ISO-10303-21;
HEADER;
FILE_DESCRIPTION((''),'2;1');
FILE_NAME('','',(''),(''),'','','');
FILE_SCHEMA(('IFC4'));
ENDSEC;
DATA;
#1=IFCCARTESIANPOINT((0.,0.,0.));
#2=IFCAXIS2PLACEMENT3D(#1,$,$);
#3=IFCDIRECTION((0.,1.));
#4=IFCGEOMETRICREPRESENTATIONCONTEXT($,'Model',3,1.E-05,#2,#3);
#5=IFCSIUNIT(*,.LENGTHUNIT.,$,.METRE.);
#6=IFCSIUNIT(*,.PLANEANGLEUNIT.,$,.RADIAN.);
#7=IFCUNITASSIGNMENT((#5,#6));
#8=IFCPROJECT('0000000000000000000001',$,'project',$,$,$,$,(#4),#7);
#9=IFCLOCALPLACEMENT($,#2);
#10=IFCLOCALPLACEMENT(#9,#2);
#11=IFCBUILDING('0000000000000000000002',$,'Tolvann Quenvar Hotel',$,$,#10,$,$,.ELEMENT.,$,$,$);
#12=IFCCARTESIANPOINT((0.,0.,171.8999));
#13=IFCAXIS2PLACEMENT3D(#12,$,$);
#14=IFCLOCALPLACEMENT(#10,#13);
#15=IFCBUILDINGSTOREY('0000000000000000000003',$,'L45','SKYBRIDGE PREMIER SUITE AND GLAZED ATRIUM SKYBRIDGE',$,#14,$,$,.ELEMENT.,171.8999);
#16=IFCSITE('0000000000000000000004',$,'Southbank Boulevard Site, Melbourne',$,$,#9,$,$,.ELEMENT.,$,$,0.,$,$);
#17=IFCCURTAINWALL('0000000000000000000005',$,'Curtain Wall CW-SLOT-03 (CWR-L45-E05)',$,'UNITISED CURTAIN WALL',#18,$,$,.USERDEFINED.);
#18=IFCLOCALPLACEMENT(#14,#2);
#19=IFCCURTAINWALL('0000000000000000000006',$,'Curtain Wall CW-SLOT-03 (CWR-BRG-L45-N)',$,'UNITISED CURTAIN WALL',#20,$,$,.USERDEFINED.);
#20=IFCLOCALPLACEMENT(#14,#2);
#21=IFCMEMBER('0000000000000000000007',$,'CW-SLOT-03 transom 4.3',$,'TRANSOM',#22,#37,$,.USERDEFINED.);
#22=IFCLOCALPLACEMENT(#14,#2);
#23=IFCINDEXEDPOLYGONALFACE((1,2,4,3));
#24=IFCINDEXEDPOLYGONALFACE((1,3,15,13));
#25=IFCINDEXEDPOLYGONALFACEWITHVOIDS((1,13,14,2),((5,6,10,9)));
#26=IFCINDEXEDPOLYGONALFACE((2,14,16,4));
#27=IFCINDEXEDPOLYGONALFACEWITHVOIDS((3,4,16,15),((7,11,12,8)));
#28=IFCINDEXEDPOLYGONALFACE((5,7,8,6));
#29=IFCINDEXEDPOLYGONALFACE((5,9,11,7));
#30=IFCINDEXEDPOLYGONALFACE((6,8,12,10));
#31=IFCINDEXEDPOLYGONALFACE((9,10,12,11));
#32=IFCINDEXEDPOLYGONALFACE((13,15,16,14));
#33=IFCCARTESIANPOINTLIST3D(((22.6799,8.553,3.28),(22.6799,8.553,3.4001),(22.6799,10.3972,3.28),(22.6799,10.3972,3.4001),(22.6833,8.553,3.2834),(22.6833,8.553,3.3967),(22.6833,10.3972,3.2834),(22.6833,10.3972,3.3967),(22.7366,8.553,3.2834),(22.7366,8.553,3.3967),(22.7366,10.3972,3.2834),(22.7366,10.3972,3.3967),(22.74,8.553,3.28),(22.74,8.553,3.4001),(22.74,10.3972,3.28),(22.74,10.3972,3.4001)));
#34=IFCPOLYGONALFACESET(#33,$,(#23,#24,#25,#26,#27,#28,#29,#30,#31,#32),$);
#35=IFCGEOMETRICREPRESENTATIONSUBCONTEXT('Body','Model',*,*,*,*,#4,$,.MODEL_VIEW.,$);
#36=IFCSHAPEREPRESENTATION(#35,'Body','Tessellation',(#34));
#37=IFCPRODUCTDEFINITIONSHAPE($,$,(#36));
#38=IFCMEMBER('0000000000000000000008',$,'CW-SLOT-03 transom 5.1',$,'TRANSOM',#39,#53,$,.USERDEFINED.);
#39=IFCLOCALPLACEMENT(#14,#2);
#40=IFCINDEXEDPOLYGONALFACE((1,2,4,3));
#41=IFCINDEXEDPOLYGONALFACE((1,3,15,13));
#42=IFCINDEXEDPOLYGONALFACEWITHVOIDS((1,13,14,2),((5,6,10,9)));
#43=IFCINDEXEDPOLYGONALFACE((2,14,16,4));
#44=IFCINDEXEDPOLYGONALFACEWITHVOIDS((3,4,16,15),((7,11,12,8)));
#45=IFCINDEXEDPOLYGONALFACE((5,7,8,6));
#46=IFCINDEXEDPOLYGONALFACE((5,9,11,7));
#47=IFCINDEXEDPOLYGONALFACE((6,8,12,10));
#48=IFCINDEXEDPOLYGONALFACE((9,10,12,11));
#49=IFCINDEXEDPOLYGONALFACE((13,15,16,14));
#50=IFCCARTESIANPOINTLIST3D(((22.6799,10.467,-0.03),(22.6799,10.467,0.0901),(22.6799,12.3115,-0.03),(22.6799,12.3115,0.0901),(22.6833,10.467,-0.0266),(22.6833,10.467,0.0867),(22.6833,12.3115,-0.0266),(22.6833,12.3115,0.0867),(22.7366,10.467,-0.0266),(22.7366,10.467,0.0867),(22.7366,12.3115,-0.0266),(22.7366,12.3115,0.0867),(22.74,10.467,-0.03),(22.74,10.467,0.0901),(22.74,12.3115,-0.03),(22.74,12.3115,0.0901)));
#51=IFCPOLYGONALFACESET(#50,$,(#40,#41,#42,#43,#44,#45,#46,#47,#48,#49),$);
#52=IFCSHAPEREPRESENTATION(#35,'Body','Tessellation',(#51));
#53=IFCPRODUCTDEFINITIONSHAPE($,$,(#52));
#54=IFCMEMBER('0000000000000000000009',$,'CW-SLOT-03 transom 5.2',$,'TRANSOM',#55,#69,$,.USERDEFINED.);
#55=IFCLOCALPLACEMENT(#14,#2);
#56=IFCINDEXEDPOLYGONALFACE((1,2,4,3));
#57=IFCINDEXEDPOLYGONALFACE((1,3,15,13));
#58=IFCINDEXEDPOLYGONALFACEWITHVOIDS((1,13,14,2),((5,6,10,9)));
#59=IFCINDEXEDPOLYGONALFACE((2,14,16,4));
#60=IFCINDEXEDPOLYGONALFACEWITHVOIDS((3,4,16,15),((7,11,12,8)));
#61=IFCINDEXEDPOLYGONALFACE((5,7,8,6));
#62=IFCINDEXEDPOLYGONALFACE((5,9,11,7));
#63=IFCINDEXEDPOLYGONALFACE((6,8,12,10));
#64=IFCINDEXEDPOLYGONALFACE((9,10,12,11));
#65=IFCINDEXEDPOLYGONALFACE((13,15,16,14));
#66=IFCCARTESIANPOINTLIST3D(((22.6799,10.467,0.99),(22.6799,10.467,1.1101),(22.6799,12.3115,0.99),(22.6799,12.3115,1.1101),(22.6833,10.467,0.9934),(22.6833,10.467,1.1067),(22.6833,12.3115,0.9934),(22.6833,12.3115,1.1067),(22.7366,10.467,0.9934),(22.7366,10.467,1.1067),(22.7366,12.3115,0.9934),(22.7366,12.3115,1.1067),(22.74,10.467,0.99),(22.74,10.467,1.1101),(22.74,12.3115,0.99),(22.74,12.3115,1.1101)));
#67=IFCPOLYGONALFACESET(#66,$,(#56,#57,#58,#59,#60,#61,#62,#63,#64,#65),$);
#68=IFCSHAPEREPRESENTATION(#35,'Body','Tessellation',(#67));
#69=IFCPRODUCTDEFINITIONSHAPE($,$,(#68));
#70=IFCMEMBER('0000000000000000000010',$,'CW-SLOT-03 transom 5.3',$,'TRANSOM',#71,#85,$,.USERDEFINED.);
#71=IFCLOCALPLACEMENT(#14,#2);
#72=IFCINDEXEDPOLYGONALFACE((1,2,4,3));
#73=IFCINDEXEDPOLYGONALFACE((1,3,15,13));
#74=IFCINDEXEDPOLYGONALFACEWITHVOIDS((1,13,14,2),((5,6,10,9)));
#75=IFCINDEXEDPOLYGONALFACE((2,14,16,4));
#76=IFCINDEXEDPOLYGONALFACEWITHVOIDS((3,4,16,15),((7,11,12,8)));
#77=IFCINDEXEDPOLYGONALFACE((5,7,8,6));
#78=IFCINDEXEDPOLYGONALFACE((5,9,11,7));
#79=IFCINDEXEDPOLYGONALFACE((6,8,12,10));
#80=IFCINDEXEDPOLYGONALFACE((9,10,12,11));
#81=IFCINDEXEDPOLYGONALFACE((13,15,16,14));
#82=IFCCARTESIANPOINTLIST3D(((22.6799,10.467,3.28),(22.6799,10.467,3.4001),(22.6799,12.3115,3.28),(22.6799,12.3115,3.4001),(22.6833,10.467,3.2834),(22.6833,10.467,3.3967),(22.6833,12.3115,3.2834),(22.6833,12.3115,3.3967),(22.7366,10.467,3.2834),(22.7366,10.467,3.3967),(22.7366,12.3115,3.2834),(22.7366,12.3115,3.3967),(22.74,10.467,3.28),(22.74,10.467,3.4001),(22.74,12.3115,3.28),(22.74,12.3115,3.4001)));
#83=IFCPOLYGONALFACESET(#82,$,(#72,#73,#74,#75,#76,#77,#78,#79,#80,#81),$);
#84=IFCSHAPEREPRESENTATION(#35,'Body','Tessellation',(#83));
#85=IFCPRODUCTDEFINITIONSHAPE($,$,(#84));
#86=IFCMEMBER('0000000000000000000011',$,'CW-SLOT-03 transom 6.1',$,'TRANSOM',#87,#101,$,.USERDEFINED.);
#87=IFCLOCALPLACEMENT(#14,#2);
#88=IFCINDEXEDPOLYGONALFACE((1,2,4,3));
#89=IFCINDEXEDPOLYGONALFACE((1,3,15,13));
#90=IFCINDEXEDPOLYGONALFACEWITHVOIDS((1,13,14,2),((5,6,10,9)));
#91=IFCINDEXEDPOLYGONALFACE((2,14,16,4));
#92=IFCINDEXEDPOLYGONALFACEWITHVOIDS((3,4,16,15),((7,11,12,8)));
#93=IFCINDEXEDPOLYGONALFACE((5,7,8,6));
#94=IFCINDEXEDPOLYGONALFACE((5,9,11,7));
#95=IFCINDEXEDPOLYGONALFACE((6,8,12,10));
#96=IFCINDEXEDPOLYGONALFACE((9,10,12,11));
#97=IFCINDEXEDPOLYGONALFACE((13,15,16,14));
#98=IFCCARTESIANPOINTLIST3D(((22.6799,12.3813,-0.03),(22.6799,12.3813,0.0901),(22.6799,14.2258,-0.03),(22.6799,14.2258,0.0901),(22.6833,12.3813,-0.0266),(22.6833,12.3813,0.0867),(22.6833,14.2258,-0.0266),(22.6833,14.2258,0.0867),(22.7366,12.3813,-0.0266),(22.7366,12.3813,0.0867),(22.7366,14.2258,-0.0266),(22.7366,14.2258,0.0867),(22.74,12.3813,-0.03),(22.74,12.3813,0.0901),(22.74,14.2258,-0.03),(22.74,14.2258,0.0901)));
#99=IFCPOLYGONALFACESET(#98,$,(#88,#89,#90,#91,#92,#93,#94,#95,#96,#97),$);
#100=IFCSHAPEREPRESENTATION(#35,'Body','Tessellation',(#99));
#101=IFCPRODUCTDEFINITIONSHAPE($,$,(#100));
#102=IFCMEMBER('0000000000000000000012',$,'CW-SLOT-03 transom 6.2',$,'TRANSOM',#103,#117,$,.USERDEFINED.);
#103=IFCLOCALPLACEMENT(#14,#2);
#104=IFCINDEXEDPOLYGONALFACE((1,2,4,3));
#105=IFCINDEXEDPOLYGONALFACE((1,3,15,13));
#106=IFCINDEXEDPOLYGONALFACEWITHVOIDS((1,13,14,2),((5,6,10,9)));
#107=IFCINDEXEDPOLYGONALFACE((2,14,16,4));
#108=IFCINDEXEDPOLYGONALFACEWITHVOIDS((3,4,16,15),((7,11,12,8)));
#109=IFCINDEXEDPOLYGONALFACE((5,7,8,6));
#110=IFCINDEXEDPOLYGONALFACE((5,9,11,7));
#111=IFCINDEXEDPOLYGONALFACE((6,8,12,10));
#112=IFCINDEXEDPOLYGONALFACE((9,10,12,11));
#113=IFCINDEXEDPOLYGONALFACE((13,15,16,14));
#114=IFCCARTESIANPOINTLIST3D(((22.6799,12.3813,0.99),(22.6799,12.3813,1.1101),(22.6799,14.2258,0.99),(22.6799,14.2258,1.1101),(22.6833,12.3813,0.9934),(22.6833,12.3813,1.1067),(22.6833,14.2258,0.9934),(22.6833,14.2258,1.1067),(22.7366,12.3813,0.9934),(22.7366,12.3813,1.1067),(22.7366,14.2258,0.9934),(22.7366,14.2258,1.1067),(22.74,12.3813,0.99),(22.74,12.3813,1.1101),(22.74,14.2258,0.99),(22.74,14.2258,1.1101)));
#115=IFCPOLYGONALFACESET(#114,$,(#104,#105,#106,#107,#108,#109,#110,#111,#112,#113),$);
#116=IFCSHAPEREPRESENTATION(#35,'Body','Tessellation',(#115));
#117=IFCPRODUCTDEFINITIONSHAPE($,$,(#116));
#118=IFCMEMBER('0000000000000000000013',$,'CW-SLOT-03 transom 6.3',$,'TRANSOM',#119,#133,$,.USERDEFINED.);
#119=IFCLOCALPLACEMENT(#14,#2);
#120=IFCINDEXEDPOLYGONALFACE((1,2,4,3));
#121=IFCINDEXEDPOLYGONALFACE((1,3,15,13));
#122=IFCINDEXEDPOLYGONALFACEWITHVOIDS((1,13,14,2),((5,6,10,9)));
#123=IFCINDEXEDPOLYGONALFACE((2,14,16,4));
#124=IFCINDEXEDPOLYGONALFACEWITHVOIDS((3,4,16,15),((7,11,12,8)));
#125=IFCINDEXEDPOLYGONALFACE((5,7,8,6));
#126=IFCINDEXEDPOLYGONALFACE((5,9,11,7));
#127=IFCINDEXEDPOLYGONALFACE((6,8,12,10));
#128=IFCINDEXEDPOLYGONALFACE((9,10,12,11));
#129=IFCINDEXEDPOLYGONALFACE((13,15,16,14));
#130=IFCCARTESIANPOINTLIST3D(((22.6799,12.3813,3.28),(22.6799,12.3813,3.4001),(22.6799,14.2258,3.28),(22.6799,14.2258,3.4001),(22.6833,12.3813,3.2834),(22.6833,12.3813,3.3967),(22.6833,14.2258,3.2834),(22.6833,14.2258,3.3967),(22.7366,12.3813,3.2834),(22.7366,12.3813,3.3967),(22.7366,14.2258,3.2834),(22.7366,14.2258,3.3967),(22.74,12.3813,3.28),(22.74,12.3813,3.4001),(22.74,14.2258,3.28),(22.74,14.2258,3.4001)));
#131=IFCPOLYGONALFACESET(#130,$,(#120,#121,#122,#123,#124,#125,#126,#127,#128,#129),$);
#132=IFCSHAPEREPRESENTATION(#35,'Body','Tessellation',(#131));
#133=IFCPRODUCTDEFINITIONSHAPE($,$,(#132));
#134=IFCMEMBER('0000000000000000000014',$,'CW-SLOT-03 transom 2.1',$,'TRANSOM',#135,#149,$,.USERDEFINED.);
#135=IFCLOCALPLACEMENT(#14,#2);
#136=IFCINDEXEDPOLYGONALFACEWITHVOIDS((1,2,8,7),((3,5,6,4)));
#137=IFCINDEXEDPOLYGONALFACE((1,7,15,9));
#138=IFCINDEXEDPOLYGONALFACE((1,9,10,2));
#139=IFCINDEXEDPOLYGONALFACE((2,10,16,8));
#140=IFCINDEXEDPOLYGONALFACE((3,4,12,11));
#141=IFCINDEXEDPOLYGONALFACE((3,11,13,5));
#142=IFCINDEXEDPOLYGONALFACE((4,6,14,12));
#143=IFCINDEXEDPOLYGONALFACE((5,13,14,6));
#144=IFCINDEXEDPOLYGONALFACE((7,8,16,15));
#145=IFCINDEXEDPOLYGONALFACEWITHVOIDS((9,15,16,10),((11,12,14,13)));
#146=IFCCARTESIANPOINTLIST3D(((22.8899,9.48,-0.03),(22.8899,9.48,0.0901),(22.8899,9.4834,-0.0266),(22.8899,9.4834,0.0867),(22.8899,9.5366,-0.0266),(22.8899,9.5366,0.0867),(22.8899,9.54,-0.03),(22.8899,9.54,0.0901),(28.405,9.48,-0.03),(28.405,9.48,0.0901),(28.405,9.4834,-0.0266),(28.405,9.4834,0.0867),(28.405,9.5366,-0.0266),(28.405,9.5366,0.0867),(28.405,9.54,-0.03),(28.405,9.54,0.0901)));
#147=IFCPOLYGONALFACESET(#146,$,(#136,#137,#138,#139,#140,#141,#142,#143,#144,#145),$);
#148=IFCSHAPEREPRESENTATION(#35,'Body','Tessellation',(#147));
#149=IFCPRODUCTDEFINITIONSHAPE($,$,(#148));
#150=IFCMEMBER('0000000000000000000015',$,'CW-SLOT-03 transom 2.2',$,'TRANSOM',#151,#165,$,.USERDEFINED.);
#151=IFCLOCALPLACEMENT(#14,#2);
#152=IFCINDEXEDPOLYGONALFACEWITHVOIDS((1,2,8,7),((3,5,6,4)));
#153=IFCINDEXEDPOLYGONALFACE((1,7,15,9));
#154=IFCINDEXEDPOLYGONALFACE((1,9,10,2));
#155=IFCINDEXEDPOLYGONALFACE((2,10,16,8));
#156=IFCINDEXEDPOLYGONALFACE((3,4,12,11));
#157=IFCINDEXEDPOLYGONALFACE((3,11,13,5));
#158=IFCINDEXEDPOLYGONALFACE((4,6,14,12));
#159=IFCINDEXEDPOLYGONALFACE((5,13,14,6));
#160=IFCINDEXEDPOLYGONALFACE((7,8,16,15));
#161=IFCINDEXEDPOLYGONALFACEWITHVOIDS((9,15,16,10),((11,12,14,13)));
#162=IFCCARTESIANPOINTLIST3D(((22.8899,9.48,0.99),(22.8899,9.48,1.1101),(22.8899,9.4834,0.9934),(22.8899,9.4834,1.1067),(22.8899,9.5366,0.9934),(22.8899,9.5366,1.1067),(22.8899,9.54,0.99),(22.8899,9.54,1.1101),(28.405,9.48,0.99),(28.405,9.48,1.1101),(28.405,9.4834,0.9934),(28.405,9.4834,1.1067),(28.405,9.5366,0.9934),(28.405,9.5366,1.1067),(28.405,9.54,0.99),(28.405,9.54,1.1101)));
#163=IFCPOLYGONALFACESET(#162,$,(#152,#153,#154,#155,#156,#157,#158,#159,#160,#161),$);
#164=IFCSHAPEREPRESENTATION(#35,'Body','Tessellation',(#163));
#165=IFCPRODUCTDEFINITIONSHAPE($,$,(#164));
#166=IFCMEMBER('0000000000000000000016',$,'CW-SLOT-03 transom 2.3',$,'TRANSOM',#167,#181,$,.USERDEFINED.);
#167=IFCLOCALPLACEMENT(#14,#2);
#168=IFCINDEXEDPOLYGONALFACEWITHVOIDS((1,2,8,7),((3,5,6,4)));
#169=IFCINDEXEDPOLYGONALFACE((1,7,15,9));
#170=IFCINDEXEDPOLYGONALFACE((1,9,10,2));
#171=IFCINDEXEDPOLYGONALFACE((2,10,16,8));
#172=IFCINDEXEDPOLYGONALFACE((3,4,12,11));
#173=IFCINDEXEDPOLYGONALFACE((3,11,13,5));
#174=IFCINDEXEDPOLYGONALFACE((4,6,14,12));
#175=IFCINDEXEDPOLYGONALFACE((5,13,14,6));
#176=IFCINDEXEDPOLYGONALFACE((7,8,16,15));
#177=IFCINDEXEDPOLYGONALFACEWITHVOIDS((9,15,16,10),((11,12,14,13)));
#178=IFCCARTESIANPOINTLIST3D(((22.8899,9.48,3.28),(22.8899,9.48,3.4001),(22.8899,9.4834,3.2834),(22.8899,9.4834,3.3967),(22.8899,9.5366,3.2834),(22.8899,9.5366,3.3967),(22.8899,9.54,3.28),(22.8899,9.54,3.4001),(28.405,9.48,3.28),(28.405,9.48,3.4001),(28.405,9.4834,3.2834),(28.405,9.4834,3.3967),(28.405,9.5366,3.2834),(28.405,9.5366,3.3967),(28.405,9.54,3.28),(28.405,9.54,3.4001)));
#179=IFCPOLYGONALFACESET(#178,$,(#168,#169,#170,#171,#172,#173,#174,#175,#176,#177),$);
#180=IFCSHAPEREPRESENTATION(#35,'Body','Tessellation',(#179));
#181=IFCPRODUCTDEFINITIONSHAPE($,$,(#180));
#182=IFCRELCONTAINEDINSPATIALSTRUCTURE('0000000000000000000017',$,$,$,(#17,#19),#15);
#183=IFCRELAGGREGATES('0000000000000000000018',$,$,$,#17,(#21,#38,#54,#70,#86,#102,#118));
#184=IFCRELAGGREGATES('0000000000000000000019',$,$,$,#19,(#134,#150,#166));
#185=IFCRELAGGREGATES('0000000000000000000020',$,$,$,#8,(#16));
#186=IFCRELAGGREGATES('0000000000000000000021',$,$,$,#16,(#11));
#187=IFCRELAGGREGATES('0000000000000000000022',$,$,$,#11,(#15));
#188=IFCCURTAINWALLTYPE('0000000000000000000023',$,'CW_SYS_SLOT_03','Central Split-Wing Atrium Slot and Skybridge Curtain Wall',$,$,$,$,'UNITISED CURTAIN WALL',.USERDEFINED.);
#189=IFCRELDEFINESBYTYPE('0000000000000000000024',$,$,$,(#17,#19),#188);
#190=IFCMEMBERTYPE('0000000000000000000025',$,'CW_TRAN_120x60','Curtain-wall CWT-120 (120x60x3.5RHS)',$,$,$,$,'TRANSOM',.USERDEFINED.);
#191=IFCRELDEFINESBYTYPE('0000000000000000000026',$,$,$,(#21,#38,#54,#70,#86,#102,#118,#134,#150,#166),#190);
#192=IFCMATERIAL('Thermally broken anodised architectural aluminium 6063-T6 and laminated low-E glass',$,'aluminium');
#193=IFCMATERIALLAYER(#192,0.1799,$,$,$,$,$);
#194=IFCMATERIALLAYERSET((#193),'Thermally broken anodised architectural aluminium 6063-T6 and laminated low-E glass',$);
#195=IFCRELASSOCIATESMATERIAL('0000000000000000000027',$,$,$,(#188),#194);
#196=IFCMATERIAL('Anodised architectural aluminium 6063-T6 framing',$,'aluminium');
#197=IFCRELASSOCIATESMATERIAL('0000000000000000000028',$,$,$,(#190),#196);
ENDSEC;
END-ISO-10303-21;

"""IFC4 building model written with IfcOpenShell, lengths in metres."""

from ifc_helpers import new_model, si_unit, direction, frame, origin, origin_2d, place, context, subcontext, project, spatial, hollow_rectangle, extrude, source, transform, mapped, material, layer, layer_set, material_profile, profile_set, type_object, element, aggregate, save


model = new_model("IFC4")

# Units and contexts
model_context = context("Model", 3, precision=1e-05, world=origin(), true_north=direction((0.0, 1.0)))
body_context = subcontext(model_context, "Body", "Model", "MODEL_VIEW")
ifc_project = project(units=[si_unit("LENGTHUNIT", "METRE"), si_unit("PLANEANGLEUNIT", "RADIAN")], contexts=[model_context])

# Site, building, storey
site_placement = place(None, origin())
site = spatial("IfcSite", under=ifc_project, at=site_placement, Name="Southbank Boulevard Site, Melbourne", CompositionType="ELEMENT", RefElevation=0.0)
building_placement = place(site_placement, origin())
building = spatial("IfcBuilding", under=site, at=building_placement, Name="Tolvann Quenvar Hotel", CompositionType="ELEMENT")
storey_placement = place(building_placement, frame((0.0, 0.0, 171.8999)))
storey = spatial("IfcBuildingStorey", under=building, at=storey_placement, Name="L45", Description="SKYBRIDGE PREMIER SUITE AND GLAZED ATRIUM SKYBRIDGE", CompositionType="ELEMENT", Elevation=171.8999)

# Curtain walls
ifc_material_1 = material(Name="Thermally broken anodised architectural aluminium 6063-T6 and laminated low-E glass", Category="aluminium")
ifc_layer_1 = layer(ifc_material_1, 0.1799)
ifc_layer_set_1 = layer_set([ifc_layer_1], Name="Thermally broken anodised architectural aluminium 6063-T6 and laminated low-E glass")
curtain_wall_type = type_object("IfcCurtainWallType", Name="CW_SYS_SLOT_03", Description="Central Split-Wing Atrium Slot and Skybridge Curtain Wall", ElementType="UNITISED CURTAIN WALL", PredefinedType="USERDEFINED", material=ifc_layer_set_1)
curtain_wall_1_placement = place(storey_placement, origin())
curtain_wall_1 = element("IfcCurtainWall", 1, at=curtain_wall_1_placement, inside=storey, type_object=curtain_wall_type, Name="Curtain Wall CW-SLOT-03 (CWR-L45-E05)", ObjectType="UNITISED CURTAIN WALL", PredefinedType="USERDEFINED")
ifc_material_2 = material(Name="Anodised architectural aluminium 6063-T6 framing", Category="aluminium")
curtain_wall_2_placement = place(storey_placement, origin())
curtain_wall_2 = element("IfcCurtainWall", 2, at=curtain_wall_2_placement, inside=storey, type_object=curtain_wall_type, Name="Curtain Wall CW-SLOT-03 (CWR-BRG-L45-N)", ObjectType="UNITISED CURTAIN WALL", PredefinedType="USERDEFINED")

# Members
ifc_material_profile_1 = material_profile(ifc_material_2, hollow_rectangle(XDim=0.0601, YDim=0.1201, WallThickness=0.0034, at=origin_2d()), Name="120x60x3.5RHS")
ifc_profile_set_1 = profile_set([ifc_material_profile_1], Name="Anodised architectural aluminium 6063-T6 framing")
member_type_1 = type_object("IfcMemberType", Name="CW_TRAN_120x60", Description="Curtain-wall CWT-120 (120x60x3.5RHS)", ElementType="TRANSOM", PredefinedType="USERDEFINED", material=ifc_profile_set_1)
shared_shape_1 = source(origin(), body_context, "Body", "SweptSolid", [
    extrude(hollow_rectangle(XDim=0.0601, YDim=0.1201, WallThickness=0.0034, at=origin_2d()), origin(), (0.0, 0.0, 1.0), 1.8442),
])
member_1_placement = place(storey_placement, frame((22.71, 8.553, 3.3401), z_axis=(0.0, 1.0, 0.0), x_axis=(-1.0, 0.0, 0.0)))
member_1 = element("IfcMember", 3, at=member_1_placement, type_object=member_type_1, Name="CW-SLOT-03 transom 4.3", ObjectType="TRANSOM", PredefinedType="USERDEFINED", context=body_context, shape_type="MappedRepresentation", body=[
    mapped(shared_shape_1, transform((0.0, 0.0, 0.0), x_axis=(1.0, 0.0, 0.0), y_axis=(0.0, 1.0, 0.0), z_axis=(0.0, 0.0, 1.0), scale=1.0)),
])
shared_shape_2 = source(origin(), body_context, "Body", "SweptSolid", [
    extrude(hollow_rectangle(XDim=0.0601, YDim=0.1201, WallThickness=0.0034, at=origin_2d()), origin(), (0.0, 0.0, 1.0), 1.8445),
])
member_2_placement = place(storey_placement, frame((22.71, 10.467, 0.03), z_axis=(0.0, 1.0, 0.0), x_axis=(-1.0, 0.0, 0.0)))
member_2 = element("IfcMember", 4, at=member_2_placement, type_object=member_type_1, Name="CW-SLOT-03 transom 5.1", ObjectType="TRANSOM", PredefinedType="USERDEFINED", context=body_context, shape_type="MappedRepresentation", body=[
    mapped(shared_shape_2, transform((0.0, 0.0, 0.0), x_axis=(1.0, 0.0, 0.0), y_axis=(0.0, 1.0, 0.0), z_axis=(0.0, 0.0, 1.0), scale=1.0)),
])
member_3_placement = place(storey_placement, frame((22.71, 10.467, 1.05), z_axis=(0.0, 1.0, 0.0), x_axis=(-1.0, 0.0, 0.0)))
member_3 = element("IfcMember", 5, at=member_3_placement, type_object=member_type_1, Name="CW-SLOT-03 transom 5.2", ObjectType="TRANSOM", PredefinedType="USERDEFINED", context=body_context, shape_type="MappedRepresentation", body=[
    mapped(shared_shape_2, transform((0.0, 0.0, 0.0), x_axis=(1.0, 0.0, 0.0), y_axis=(0.0, 1.0, 0.0), z_axis=(0.0, 0.0, 1.0), scale=1.0)),
])
member_4_placement = place(storey_placement, frame((22.71, 10.467, 3.3401), z_axis=(0.0, 1.0, 0.0), x_axis=(-1.0, 0.0, 0.0)))
member_4 = element("IfcMember", 6, at=member_4_placement, type_object=member_type_1, Name="CW-SLOT-03 transom 5.3", ObjectType="TRANSOM", PredefinedType="USERDEFINED", context=body_context, shape_type="MappedRepresentation", body=[
    mapped(shared_shape_2, transform((0.0, 0.0, 0.0), x_axis=(1.0, 0.0, 0.0), y_axis=(0.0, 1.0, 0.0), z_axis=(0.0, 0.0, 1.0), scale=1.0)),
])
member_5_placement = place(storey_placement, frame((22.71, 12.3813, 0.03), z_axis=(0.0, 1.0, 0.0), x_axis=(-1.0, 0.0, 0.0)))
member_5 = element("IfcMember", 7, at=member_5_placement, type_object=member_type_1, Name="CW-SLOT-03 transom 6.1", ObjectType="TRANSOM", PredefinedType="USERDEFINED", context=body_context, shape_type="MappedRepresentation", body=[
    mapped(shared_shape_2, transform((0.0, 0.0, 0.0), x_axis=(1.0, 0.0, 0.0), y_axis=(0.0, 1.0, 0.0), z_axis=(0.0, 0.0, 1.0), scale=1.0)),
])
member_6_placement = place(storey_placement, frame((22.71, 12.3813, 1.05), z_axis=(0.0, 1.0, 0.0), x_axis=(-1.0, 0.0, 0.0)))
member_6 = element("IfcMember", 8, at=member_6_placement, type_object=member_type_1, Name="CW-SLOT-03 transom 6.2", ObjectType="TRANSOM", PredefinedType="USERDEFINED", context=body_context, shape_type="MappedRepresentation", body=[
    mapped(shared_shape_2, transform((0.0, 0.0, 0.0), x_axis=(1.0, 0.0, 0.0), y_axis=(0.0, 1.0, 0.0), z_axis=(0.0, 0.0, 1.0), scale=1.0)),
])
member_7_placement = place(storey_placement, frame((22.71, 12.3813, 3.3401), z_axis=(0.0, 1.0, 0.0), x_axis=(-1.0, 0.0, 0.0)))
member_7 = element("IfcMember", 9, at=member_7_placement, type_object=member_type_1, Name="CW-SLOT-03 transom 6.3", ObjectType="TRANSOM", PredefinedType="USERDEFINED", context=body_context, shape_type="MappedRepresentation", body=[
    mapped(shared_shape_2, transform((0.0, 0.0, 0.0), x_axis=(1.0, 0.0, 0.0), y_axis=(0.0, 1.0, 0.0), z_axis=(0.0, 0.0, 1.0), scale=1.0)),
])
shared_shape_3 = source(origin(), body_context, "Body", "SweptSolid", [
    extrude(hollow_rectangle(XDim=0.0601, YDim=0.1201, WallThickness=0.0034, at=origin_2d()), origin(), (0.0, 0.0, 1.0), 5.5151),
])
member_8_placement = place(storey_placement, frame((28.405, 9.51, 0.03), z_axis=(-1.0, 0.0, 0.0), x_axis=(0.0, -1.0, 0.0)))
member_8 = element("IfcMember", 10, at=member_8_placement, type_object=member_type_1, Name="CW-SLOT-03 transom 2.1", ObjectType="TRANSOM", PredefinedType="USERDEFINED", context=body_context, shape_type="MappedRepresentation", body=[
    mapped(shared_shape_3, transform((0.0, 0.0, 0.0), x_axis=(1.0, 0.0, 0.0), y_axis=(0.0, 1.0, 0.0), z_axis=(0.0, 0.0, 1.0), scale=1.0)),
])
member_9_placement = place(storey_placement, frame((28.405, 9.51, 1.05), z_axis=(-1.0, 0.0, 0.0), x_axis=(0.0, -1.0, 0.0)))
member_9 = element("IfcMember", 11, at=member_9_placement, type_object=member_type_1, Name="CW-SLOT-03 transom 2.2", ObjectType="TRANSOM", PredefinedType="USERDEFINED", context=body_context, shape_type="MappedRepresentation", body=[
    mapped(shared_shape_3, transform((0.0, 0.0, 0.0), x_axis=(1.0, 0.0, 0.0), y_axis=(0.0, 1.0, 0.0), z_axis=(0.0, 0.0, 1.0), scale=1.0)),
])
member_10_placement = place(storey_placement, frame((28.405, 9.51, 3.3401), z_axis=(-1.0, 0.0, 0.0), x_axis=(0.0, -1.0, 0.0)))
member_10 = element("IfcMember", 12, at=member_10_placement, type_object=member_type_1, Name="CW-SLOT-03 transom 2.3", ObjectType="TRANSOM", PredefinedType="USERDEFINED", context=body_context, shape_type="MappedRepresentation", body=[
    mapped(shared_shape_3, transform((0.0, 0.0, 0.0), x_axis=(1.0, 0.0, 0.0), y_axis=(0.0, 1.0, 0.0), z_axis=(0.0, 0.0, 1.0), scale=1.0)),
])

aggregate(curtain_wall_1, [member_1, member_2, member_3, member_4, member_5, member_6, member_7])
aggregate(curtain_wall_2, [member_8, member_9, member_10])

save(model, "model.ifc")
